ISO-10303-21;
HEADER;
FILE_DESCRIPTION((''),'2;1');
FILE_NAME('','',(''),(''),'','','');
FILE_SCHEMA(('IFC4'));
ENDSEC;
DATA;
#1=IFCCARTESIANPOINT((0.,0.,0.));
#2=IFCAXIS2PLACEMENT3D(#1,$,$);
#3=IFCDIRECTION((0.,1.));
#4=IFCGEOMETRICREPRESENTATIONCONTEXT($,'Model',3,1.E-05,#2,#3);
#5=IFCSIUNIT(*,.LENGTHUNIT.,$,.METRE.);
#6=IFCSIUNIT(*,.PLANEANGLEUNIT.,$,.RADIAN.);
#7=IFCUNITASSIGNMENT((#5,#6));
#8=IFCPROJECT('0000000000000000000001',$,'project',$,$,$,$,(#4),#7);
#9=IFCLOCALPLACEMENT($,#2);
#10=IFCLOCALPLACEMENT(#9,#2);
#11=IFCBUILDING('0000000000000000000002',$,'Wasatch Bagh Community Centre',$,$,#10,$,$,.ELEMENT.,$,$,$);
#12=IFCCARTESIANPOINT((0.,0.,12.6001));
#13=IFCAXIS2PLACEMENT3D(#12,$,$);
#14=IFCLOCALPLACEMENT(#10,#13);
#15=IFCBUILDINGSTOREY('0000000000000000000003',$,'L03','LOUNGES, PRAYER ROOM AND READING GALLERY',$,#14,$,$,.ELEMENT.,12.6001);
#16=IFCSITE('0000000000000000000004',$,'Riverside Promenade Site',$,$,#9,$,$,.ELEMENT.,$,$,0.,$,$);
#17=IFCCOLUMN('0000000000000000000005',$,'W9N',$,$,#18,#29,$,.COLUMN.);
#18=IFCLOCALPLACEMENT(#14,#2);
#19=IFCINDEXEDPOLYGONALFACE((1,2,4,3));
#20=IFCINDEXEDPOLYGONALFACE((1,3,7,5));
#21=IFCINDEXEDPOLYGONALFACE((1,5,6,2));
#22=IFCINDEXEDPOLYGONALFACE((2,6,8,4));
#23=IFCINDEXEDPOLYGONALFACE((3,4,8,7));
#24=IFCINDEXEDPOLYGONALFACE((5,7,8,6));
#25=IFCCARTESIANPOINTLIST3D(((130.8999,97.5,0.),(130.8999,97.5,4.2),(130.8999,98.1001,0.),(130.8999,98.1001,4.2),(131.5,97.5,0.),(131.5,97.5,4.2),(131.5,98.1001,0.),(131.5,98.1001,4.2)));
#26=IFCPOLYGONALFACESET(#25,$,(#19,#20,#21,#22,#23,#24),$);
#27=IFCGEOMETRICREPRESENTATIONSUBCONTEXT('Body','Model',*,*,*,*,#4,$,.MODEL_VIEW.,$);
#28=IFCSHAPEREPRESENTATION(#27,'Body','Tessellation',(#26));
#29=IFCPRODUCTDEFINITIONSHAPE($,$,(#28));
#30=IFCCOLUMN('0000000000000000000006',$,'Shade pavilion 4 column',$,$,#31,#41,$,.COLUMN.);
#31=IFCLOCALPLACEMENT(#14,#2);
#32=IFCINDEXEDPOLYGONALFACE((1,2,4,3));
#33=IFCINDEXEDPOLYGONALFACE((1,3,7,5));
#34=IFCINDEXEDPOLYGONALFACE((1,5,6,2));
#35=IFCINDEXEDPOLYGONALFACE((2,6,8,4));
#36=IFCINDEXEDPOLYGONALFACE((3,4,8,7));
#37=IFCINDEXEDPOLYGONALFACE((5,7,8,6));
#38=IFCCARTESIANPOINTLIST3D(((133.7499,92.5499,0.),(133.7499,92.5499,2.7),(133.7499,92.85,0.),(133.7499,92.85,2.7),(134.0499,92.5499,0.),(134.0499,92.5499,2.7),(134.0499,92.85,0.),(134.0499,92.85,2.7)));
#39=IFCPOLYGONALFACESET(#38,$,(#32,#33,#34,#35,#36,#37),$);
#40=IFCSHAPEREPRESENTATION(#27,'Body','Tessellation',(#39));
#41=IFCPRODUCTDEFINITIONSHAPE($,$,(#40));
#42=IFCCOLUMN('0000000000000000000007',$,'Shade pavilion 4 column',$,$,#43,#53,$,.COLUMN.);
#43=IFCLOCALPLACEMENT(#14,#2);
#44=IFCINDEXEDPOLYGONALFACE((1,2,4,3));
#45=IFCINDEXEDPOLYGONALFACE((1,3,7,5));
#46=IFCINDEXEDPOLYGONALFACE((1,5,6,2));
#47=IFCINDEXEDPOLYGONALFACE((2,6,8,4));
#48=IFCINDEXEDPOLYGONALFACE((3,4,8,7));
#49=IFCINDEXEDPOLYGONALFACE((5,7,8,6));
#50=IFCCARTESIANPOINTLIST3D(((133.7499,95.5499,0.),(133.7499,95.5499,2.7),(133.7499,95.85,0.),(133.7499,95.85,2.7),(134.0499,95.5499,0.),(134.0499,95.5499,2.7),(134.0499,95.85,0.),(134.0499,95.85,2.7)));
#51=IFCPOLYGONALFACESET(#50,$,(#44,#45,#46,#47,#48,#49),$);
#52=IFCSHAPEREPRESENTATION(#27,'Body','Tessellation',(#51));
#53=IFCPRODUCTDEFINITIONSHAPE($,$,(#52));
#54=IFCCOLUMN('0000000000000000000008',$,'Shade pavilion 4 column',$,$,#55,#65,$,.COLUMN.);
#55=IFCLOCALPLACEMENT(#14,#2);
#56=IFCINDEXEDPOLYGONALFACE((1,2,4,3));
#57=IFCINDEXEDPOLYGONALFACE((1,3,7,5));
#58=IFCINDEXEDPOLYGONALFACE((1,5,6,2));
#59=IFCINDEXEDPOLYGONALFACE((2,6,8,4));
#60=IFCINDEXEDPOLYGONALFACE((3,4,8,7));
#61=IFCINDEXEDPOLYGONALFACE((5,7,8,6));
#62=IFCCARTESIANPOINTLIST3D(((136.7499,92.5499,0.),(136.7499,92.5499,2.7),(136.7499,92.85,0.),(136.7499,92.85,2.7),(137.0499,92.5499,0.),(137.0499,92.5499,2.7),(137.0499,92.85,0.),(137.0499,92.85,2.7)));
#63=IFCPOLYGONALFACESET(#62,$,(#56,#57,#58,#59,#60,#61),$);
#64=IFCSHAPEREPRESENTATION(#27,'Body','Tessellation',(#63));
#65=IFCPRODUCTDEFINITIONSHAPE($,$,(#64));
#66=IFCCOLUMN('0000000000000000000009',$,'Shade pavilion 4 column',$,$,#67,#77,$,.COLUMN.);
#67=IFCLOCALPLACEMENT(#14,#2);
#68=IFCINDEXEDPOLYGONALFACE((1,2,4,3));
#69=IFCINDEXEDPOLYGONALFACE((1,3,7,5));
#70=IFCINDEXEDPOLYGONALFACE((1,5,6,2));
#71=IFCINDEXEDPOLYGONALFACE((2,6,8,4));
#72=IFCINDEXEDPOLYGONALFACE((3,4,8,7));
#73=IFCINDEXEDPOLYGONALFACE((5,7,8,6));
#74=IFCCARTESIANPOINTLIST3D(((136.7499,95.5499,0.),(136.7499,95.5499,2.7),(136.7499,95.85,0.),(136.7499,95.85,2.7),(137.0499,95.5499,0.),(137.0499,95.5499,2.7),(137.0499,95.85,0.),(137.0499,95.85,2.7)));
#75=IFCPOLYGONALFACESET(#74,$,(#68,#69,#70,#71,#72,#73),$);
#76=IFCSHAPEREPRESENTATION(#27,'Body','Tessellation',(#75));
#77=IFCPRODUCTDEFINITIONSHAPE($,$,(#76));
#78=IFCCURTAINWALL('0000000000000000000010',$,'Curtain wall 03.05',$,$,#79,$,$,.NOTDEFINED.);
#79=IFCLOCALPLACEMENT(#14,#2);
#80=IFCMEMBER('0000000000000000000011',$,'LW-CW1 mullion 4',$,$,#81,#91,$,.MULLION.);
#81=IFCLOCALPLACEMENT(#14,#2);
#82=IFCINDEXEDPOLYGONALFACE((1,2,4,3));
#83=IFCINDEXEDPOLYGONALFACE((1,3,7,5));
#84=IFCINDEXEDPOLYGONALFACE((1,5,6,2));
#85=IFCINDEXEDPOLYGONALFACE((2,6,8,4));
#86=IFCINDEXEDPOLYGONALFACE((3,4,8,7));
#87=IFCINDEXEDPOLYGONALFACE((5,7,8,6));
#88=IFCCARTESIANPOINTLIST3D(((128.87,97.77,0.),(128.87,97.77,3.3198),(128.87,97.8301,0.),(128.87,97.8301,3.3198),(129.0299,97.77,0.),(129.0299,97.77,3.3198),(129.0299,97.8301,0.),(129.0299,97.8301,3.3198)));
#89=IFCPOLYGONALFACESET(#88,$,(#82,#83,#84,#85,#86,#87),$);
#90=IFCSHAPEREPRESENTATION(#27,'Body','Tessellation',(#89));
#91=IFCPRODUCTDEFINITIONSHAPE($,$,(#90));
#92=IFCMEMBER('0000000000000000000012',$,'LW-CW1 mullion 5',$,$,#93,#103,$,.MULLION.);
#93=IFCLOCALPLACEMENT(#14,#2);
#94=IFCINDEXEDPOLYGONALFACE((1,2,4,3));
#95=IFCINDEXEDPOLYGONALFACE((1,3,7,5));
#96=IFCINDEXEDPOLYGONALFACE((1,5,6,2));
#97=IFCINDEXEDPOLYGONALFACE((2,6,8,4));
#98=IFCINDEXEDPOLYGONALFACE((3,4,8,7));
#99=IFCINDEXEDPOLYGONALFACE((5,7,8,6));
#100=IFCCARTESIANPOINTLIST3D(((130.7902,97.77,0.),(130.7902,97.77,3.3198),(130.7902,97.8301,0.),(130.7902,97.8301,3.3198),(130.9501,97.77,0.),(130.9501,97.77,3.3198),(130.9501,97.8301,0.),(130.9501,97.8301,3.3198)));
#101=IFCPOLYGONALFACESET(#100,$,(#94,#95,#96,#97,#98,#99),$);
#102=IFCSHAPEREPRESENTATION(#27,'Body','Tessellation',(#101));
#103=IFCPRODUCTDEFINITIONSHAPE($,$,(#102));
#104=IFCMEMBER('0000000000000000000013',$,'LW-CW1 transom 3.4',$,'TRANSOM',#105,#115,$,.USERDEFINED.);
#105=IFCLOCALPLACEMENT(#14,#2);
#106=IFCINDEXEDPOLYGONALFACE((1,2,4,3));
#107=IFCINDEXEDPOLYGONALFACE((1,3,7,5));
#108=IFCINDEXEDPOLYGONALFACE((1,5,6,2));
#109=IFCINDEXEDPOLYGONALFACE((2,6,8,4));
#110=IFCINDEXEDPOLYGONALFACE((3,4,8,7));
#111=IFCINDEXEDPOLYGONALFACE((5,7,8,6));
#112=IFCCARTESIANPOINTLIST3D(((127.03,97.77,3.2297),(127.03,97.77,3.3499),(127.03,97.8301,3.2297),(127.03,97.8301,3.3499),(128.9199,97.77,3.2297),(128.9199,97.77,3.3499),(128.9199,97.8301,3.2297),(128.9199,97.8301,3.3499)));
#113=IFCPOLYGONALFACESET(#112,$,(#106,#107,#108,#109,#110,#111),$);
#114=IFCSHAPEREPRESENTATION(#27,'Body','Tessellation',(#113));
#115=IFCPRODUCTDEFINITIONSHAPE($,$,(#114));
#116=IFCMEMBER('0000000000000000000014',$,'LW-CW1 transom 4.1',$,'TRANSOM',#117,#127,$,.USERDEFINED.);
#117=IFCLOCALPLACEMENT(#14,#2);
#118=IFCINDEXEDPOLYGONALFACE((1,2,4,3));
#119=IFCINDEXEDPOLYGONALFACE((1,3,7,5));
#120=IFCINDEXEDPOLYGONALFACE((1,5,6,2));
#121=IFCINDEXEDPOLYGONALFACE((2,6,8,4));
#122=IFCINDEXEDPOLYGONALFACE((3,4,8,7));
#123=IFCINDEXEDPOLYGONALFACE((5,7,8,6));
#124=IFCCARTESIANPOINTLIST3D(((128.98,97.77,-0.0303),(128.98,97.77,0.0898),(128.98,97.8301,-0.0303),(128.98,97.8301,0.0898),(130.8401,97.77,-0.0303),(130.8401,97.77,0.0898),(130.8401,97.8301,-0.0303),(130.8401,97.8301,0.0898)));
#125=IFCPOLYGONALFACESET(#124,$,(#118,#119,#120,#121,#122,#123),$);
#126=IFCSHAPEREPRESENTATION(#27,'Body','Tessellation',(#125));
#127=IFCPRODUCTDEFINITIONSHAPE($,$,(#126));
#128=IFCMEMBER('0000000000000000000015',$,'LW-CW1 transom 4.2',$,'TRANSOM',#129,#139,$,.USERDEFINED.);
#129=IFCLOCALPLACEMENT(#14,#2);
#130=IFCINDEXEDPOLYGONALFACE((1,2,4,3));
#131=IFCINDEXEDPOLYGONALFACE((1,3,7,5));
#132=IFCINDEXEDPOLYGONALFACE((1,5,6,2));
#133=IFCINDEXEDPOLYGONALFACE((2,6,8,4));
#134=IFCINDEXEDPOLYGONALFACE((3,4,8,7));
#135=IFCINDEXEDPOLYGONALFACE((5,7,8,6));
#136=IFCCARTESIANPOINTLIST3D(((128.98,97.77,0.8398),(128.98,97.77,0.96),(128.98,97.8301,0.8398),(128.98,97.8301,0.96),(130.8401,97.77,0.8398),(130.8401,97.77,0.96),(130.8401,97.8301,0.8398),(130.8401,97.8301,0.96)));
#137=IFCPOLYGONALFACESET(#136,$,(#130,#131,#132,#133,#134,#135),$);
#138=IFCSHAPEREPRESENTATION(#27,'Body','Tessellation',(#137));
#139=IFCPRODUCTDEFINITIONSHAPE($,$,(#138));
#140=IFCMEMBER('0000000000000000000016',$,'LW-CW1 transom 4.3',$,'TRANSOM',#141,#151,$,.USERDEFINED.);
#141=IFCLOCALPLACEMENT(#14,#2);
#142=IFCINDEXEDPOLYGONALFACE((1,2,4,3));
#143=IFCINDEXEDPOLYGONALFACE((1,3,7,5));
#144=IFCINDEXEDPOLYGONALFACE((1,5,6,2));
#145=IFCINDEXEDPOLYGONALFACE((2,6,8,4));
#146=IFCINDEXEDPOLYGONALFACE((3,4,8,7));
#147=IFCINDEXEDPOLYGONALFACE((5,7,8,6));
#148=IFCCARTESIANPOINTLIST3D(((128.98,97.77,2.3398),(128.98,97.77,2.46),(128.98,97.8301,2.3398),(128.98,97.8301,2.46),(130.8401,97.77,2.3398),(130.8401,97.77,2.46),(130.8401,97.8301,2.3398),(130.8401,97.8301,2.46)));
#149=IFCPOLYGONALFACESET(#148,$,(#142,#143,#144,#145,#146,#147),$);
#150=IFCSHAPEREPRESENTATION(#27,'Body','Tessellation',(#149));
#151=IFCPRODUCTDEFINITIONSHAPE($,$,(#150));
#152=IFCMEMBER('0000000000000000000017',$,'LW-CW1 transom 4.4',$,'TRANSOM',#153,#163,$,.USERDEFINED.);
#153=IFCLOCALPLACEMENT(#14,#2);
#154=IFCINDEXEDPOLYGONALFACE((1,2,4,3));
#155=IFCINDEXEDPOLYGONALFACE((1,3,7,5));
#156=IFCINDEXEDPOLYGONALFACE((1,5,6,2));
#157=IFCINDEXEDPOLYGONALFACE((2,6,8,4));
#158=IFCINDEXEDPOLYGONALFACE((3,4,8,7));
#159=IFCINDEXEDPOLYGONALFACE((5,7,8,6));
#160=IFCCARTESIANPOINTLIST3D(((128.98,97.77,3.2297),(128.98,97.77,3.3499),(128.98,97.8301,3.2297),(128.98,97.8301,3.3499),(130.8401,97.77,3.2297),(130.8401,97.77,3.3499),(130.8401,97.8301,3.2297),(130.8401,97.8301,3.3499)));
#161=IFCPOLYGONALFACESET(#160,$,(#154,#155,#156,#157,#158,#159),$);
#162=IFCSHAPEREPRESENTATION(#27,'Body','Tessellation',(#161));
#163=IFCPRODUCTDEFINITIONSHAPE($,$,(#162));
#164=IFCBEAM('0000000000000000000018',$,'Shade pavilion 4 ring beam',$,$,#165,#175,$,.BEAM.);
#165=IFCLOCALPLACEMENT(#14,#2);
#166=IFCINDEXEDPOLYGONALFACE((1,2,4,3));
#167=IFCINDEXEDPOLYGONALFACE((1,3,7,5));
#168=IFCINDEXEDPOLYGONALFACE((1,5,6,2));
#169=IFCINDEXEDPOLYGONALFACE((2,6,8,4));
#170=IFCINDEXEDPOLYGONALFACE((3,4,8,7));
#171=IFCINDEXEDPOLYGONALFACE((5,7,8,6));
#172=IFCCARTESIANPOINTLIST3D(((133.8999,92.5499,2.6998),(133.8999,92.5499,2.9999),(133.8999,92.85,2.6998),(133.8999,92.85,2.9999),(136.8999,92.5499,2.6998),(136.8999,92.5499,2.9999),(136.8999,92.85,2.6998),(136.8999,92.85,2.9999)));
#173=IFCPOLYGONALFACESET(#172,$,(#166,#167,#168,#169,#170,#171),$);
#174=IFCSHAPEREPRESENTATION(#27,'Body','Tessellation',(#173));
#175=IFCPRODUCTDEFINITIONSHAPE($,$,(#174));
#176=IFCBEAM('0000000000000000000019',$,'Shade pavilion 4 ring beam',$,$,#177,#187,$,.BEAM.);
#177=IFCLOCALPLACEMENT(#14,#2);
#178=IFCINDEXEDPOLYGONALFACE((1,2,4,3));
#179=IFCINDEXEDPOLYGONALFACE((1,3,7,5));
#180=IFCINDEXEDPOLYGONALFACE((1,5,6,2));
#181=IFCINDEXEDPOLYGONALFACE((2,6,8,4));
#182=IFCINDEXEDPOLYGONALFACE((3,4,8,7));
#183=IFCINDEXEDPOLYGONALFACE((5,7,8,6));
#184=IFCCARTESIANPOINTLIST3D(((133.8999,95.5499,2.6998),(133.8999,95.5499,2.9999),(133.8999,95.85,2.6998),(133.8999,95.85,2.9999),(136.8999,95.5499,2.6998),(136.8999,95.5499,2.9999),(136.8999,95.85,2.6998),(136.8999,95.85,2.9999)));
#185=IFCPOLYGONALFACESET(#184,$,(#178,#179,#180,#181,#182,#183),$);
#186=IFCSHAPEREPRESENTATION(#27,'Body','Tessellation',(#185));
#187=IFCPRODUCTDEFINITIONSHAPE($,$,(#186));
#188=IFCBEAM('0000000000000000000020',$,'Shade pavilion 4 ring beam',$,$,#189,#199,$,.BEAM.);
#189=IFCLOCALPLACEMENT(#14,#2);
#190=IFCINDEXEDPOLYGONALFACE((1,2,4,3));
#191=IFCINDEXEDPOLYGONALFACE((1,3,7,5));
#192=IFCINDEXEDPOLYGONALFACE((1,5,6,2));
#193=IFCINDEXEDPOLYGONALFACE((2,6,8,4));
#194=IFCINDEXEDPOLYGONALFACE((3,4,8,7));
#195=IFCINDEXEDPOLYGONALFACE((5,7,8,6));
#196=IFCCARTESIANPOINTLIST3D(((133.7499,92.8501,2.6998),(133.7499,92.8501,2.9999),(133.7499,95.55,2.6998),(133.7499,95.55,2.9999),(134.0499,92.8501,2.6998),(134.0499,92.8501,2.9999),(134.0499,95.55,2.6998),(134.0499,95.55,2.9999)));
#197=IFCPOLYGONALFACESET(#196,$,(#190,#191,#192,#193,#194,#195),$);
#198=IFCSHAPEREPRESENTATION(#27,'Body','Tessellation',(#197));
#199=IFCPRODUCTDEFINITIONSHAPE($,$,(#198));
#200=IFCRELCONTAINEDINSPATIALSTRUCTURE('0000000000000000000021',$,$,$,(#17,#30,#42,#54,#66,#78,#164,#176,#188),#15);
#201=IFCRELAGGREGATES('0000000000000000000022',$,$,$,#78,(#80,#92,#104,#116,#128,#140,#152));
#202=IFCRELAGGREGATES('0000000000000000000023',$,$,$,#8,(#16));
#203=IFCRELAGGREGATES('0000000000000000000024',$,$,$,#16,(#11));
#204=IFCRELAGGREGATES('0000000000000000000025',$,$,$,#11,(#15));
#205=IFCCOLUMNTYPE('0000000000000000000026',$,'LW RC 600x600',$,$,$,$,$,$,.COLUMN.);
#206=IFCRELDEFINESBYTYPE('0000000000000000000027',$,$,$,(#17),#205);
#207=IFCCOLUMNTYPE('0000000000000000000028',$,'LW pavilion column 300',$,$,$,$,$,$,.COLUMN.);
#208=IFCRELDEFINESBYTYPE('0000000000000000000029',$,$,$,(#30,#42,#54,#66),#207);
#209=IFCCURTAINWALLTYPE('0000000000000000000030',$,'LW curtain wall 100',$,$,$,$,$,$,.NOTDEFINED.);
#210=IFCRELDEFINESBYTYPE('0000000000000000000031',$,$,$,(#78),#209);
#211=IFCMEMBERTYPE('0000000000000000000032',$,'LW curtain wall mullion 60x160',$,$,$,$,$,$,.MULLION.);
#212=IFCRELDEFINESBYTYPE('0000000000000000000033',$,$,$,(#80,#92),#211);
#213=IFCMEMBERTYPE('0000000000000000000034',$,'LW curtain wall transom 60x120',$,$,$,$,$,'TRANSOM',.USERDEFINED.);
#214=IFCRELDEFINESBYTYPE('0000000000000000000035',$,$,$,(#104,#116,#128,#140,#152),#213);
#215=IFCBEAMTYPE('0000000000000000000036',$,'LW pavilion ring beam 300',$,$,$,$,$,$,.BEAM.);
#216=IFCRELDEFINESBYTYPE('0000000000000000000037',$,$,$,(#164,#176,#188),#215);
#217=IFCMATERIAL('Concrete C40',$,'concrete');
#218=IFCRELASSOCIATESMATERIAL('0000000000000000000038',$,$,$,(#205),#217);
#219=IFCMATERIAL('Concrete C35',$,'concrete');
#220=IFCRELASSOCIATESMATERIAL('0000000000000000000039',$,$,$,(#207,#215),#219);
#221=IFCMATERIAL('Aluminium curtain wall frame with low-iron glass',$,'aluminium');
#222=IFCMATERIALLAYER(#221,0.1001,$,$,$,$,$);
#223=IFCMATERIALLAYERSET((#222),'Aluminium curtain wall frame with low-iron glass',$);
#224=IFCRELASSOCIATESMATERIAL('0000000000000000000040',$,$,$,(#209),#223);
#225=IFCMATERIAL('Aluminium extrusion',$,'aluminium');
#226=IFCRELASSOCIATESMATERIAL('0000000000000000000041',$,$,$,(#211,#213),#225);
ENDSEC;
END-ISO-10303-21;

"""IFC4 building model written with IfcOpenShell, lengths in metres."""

from ifc_helpers import new_model, si_unit, direction, frame, origin, origin_2d, place, context, subcontext, project, spatial, rectangle, extrude, material, layer, layer_set, material_profile, profile_set, type_object, element, aggregate, save


model = new_model("IFC4")

# Units and contexts
model_context = context("Model", 3, precision=1e-05, world=origin(), true_north=direction((0.0, 1.0)))
body_context = subcontext(model_context, "Body", "Model", "MODEL_VIEW")
ifc_project = project(units=[si_unit("LENGTHUNIT", "METRE"), si_unit("PLANEANGLEUNIT", "RADIAN")], contexts=[model_context])

# Site, building, storey
site_placement = place(None, origin())
site = spatial("IfcSite", under=ifc_project, at=site_placement, Name="Riverside Promenade Site", CompositionType="ELEMENT", RefElevation=0.0)
building_placement = place(site_placement, origin())
building = spatial("IfcBuilding", under=site, at=building_placement, Name="Wasatch Bagh Community Centre", CompositionType="ELEMENT")
storey_placement = place(building_placement, frame((0.0, 0.0, 12.6001)))
storey = spatial("IfcBuildingStorey", under=building, at=storey_placement, Name="L03", Description="LOUNGES, PRAYER ROOM AND READING GALLERY", CompositionType="ELEMENT", Elevation=12.6001)

# Columns
ifc_material_1 = material(Name="Concrete C40", Category="concrete")
ifc_material_profile_1 = material_profile(ifc_material_1, rectangle(XDim=0.6001, YDim=0.6001, at=origin_2d()), Name="RC 600x600")
ifc_profile_set_1 = profile_set([ifc_material_profile_1], Name="Concrete C40")
column_type_1 = type_object("IfcColumnType", Name="LW RC 600x600", PredefinedType="COLUMN", material=ifc_profile_set_1)
column_placement = place(storey_placement, frame((131.2, 97.8, 0.0), z_axis=(0.0, 0.0, 1.0), x_axis=(1.0, 0.0, 0.0)))
element("IfcColumn", 1, at=column_placement, inside=storey, type_object=column_type_1, Name="W9N", PredefinedType="COLUMN", context=body_context, shape_type="SweptSolid", body=[
    extrude(rectangle(XDim=0.6001, YDim=0.6001, at=origin_2d()), origin(), (0.0, 0.0, 1.0), 4.2),
])
ifc_material_2 = material(Name="Concrete C35", Category="concrete")
ifc_material_profile_2 = material_profile(ifc_material_2, rectangle(XDim=0.3, YDim=0.3, at=origin_2d()), Name="RC 300x300")
ifc_profile_set_2 = profile_set([ifc_material_profile_2], Name="Concrete C35")
column_type_2 = type_object("IfcColumnType", Name="LW pavilion column 300", PredefinedType="COLUMN", material=ifc_profile_set_2)
for number, where, z_axis, x_axis, name in (
    (2, (133.8999, 92.7, 0.0), (0.0, 0.0, 1.0), (1.0, 0.0, 0.0), "Shade pavilion 4 column"),
    (3, (133.8999, 95.7, 0.0), (0.0, 0.0, 1.0), (1.0, 0.0, 0.0), "Shade pavilion 4 column"),
    (4, (136.8999, 92.7, 0.0), (0.0, 0.0, 1.0), (1.0, 0.0, 0.0), "Shade pavilion 4 column"),
    (5, (136.8999, 95.7, 0.0), (0.0, 0.0, 1.0), (1.0, 0.0, 0.0), "Shade pavilion 4 column"),
):
    element("IfcColumn", number, at=place(storey_placement, frame(where, z_axis=z_axis, x_axis=x_axis)), inside=storey, type_object=column_type_2, Name=name, PredefinedType="COLUMN", context=body_context, shape_type="SweptSolid", body=[
        extrude(rectangle(XDim=0.3, YDim=0.3, at=origin_2d()), origin(), (0.0, 0.0, 1.0), 2.7),
    ])

# Curtain wall, members
ifc_material_3 = material(Name="Aluminium curtain wall frame with low-iron glass", Category="aluminium")
ifc_layer_1 = layer(ifc_material_3, 0.1001)
ifc_layer_set_1 = layer_set([ifc_layer_1], Name="Aluminium curtain wall frame with low-iron glass")
curtain_wall_type = type_object("IfcCurtainWallType", Name="LW curtain wall 100", PredefinedType="NOTDEFINED", material=ifc_layer_set_1)
curtain_wall_placement = place(storey_placement, origin())
curtain_wall = element("IfcCurtainWall", 6, at=curtain_wall_placement, inside=storey, type_object=curtain_wall_type, Name="Curtain wall 03.05", PredefinedType="NOTDEFINED")
ifc_material_4 = material(Name="Aluminium extrusion", Category="aluminium")
ifc_material_profile_3 = material_profile(ifc_material_4, rectangle(XDim=0.0601, YDim=0.1599, at=origin_2d()), Name="AL 60x160")
ifc_profile_set_3 = profile_set([ifc_material_profile_3], Name="Aluminium extrusion")
member_type_1 = type_object("IfcMemberType", Name="LW curtain wall mullion 60x160", PredefinedType="MULLION", material=ifc_profile_set_3)
member_1_placement = place(storey_placement, frame((128.95, 97.8, 0.0), z_axis=(0.0, 0.0, 1.0), x_axis=(0.0, 1.0, 0.0)))
member_1 = element("IfcMember", 7, at=member_1_placement, type_object=member_type_1, Name="LW-CW1 mullion 4", PredefinedType="MULLION", context=body_context, shape_type="SweptSolid", body=[
    extrude(rectangle(XDim=0.0601, YDim=0.1599, at=origin_2d()), origin(), (0.0, 0.0, 1.0), 3.3198),
])
member_2_placement = place(storey_placement, frame((130.8701, 97.8, 0.0), z_axis=(0.0, 0.0, 1.0), x_axis=(0.0, 1.0, 0.0)))
member_2 = element("IfcMember", 8, at=member_2_placement, type_object=member_type_1, Name="LW-CW1 mullion 5", PredefinedType="MULLION", context=body_context, shape_type="SweptSolid", body=[
    extrude(rectangle(XDim=0.0601, YDim=0.1599, at=origin_2d()), origin(), (0.0, 0.0, 1.0), 3.3198),
])
ifc_material_profile_4 = material_profile(ifc_material_4, rectangle(XDim=0.0601, YDim=0.1201, at=origin_2d()), Name="AL 60x120")
ifc_profile_set_4 = profile_set([ifc_material_profile_4], Name="Aluminium extrusion")
member_type_2 = type_object("IfcMemberType", Name="LW curtain wall transom 60x120", ElementType="TRANSOM", PredefinedType="USERDEFINED", material=ifc_profile_set_4)
member_3_placement = place(storey_placement, frame((127.03, 97.8, 3.2898), z_axis=(1.0, 0.0, 0.0), x_axis=(0.0, 1.0, 0.0)))
member_3 = element("IfcMember", 9, at=member_3_placement, type_object=member_type_2, Name="LW-CW1 transom 3.4", ObjectType="TRANSOM", PredefinedType="USERDEFINED", context=body_context, shape_type="SweptSolid", body=[
    extrude(rectangle(XDim=0.0601, YDim=0.1201, at=origin_2d()), origin(), (0.0, 0.0, 1.0), 1.8899),
])
member_4_placement = place(storey_placement, frame((128.98, 97.8, 0.0298), z_axis=(1.0, 0.0, 0.0), x_axis=(0.0, 1.0, 0.0)))
member_4 = element("IfcMember", 10, at=member_4_placement, type_object=member_type_2, Name="LW-CW1 transom 4.1", ObjectType="TRANSOM", PredefinedType="USERDEFINED", context=body_context, shape_type="SweptSolid", body=[
    extrude(rectangle(XDim=0.0601, YDim=0.1201, at=origin_2d()), origin(), (0.0, 0.0, 1.0), 1.8601),
])
member_5_placement = place(storey_placement, frame((128.98, 97.8, 0.8999), z_axis=(1.0, 0.0, 0.0), x_axis=(0.0, 1.0, 0.0)))
member_5 = element("IfcMember", 11, at=member_5_placement, type_object=member_type_2, Name="LW-CW1 transom 4.2", ObjectType="TRANSOM", PredefinedType="USERDEFINED", context=body_context, shape_type="SweptSolid", body=[
    extrude(rectangle(XDim=0.0601, YDim=0.1201, at=origin_2d()), origin(), (0.0, 0.0, 1.0), 1.8601),
])
member_6_placement = place(storey_placement, frame((128.98, 97.8, 2.3999), z_axis=(1.0, 0.0, 0.0), x_axis=(0.0, 1.0, 0.0)))
member_6 = element("IfcMember", 12, at=member_6_placement, type_object=member_type_2, Name="LW-CW1 transom 4.3", ObjectType="TRANSOM", PredefinedType="USERDEFINED", context=body_context, shape_type="SweptSolid", body=[
    extrude(rectangle(XDim=0.0601, YDim=0.1201, at=origin_2d()), origin(), (0.0, 0.0, 1.0), 1.8601),
])
member_7_placement = place(storey_placement, frame((128.98, 97.8, 3.2898), z_axis=(1.0, 0.0, 0.0), x_axis=(0.0, 1.0, 0.0)))
member_7 = element("IfcMember", 13, at=member_7_placement, type_object=member_type_2, Name="LW-CW1 transom 4.4", ObjectType="TRANSOM", PredefinedType="USERDEFINED", context=body_context, shape_type="SweptSolid", body=[
    extrude(rectangle(XDim=0.0601, YDim=0.1201, at=origin_2d()), origin(), (0.0, 0.0, 1.0), 1.8601),
])

# Beams
ifc_material_profile_5 = material_profile(ifc_material_2, rectangle(XDim=0.3, YDim=0.3, at=origin_2d()), Name="RC 300x300")
ifc_profile_set_5 = profile_set([ifc_material_profile_5], Name="Concrete C35")
beam_type = type_object("IfcBeamType", Name="LW pavilion ring beam 300", PredefinedType="BEAM", material=ifc_profile_set_5)
for number, where, z_axis, x_axis, name in (
    (14, (133.8999, 92.7, 2.8499), (1.0, 0.0, 0.0), (0.0, 1.0, 0.0), "Shade pavilion 4 ring beam"),
    (15, (133.8999, 95.7, 2.8499), (1.0, 0.0, 0.0), (0.0, 1.0, 0.0), "Shade pavilion 4 ring beam"),
):
    element("IfcBeam", number, at=place(storey_placement, frame(where, z_axis=z_axis, x_axis=x_axis)), inside=storey, type_object=beam_type, Name=name, PredefinedType="BEAM", context=body_context, shape_type="SweptSolid", body=[
        extrude(rectangle(XDim=0.3, YDim=0.3, at=origin_2d()), origin(), (0.0, 0.0, 1.0), 3.0),
    ])
for number, where, z_axis, x_axis, name in (
    (16, (133.8999, 92.8501, 2.8499), (0.0, 1.0, 0.0), (-1.0, 0.0, 0.0), "Shade pavilion 4 ring beam"),
):
    element("IfcBeam", number, at=place(storey_placement, frame(where, z_axis=z_axis, x_axis=x_axis)), inside=storey, type_object=beam_type, Name=name, PredefinedType="BEAM", context=body_context, shape_type="SweptSolid", body=[
        extrude(rectangle(XDim=0.3, YDim=0.3, at=origin_2d()), origin(), (0.0, 0.0, 1.0), 2.7),
    ])

aggregate(curtain_wall, [member_1, member_2, member_3, member_4, member_5, member_6, member_7])

save(model, "model.ifc")
